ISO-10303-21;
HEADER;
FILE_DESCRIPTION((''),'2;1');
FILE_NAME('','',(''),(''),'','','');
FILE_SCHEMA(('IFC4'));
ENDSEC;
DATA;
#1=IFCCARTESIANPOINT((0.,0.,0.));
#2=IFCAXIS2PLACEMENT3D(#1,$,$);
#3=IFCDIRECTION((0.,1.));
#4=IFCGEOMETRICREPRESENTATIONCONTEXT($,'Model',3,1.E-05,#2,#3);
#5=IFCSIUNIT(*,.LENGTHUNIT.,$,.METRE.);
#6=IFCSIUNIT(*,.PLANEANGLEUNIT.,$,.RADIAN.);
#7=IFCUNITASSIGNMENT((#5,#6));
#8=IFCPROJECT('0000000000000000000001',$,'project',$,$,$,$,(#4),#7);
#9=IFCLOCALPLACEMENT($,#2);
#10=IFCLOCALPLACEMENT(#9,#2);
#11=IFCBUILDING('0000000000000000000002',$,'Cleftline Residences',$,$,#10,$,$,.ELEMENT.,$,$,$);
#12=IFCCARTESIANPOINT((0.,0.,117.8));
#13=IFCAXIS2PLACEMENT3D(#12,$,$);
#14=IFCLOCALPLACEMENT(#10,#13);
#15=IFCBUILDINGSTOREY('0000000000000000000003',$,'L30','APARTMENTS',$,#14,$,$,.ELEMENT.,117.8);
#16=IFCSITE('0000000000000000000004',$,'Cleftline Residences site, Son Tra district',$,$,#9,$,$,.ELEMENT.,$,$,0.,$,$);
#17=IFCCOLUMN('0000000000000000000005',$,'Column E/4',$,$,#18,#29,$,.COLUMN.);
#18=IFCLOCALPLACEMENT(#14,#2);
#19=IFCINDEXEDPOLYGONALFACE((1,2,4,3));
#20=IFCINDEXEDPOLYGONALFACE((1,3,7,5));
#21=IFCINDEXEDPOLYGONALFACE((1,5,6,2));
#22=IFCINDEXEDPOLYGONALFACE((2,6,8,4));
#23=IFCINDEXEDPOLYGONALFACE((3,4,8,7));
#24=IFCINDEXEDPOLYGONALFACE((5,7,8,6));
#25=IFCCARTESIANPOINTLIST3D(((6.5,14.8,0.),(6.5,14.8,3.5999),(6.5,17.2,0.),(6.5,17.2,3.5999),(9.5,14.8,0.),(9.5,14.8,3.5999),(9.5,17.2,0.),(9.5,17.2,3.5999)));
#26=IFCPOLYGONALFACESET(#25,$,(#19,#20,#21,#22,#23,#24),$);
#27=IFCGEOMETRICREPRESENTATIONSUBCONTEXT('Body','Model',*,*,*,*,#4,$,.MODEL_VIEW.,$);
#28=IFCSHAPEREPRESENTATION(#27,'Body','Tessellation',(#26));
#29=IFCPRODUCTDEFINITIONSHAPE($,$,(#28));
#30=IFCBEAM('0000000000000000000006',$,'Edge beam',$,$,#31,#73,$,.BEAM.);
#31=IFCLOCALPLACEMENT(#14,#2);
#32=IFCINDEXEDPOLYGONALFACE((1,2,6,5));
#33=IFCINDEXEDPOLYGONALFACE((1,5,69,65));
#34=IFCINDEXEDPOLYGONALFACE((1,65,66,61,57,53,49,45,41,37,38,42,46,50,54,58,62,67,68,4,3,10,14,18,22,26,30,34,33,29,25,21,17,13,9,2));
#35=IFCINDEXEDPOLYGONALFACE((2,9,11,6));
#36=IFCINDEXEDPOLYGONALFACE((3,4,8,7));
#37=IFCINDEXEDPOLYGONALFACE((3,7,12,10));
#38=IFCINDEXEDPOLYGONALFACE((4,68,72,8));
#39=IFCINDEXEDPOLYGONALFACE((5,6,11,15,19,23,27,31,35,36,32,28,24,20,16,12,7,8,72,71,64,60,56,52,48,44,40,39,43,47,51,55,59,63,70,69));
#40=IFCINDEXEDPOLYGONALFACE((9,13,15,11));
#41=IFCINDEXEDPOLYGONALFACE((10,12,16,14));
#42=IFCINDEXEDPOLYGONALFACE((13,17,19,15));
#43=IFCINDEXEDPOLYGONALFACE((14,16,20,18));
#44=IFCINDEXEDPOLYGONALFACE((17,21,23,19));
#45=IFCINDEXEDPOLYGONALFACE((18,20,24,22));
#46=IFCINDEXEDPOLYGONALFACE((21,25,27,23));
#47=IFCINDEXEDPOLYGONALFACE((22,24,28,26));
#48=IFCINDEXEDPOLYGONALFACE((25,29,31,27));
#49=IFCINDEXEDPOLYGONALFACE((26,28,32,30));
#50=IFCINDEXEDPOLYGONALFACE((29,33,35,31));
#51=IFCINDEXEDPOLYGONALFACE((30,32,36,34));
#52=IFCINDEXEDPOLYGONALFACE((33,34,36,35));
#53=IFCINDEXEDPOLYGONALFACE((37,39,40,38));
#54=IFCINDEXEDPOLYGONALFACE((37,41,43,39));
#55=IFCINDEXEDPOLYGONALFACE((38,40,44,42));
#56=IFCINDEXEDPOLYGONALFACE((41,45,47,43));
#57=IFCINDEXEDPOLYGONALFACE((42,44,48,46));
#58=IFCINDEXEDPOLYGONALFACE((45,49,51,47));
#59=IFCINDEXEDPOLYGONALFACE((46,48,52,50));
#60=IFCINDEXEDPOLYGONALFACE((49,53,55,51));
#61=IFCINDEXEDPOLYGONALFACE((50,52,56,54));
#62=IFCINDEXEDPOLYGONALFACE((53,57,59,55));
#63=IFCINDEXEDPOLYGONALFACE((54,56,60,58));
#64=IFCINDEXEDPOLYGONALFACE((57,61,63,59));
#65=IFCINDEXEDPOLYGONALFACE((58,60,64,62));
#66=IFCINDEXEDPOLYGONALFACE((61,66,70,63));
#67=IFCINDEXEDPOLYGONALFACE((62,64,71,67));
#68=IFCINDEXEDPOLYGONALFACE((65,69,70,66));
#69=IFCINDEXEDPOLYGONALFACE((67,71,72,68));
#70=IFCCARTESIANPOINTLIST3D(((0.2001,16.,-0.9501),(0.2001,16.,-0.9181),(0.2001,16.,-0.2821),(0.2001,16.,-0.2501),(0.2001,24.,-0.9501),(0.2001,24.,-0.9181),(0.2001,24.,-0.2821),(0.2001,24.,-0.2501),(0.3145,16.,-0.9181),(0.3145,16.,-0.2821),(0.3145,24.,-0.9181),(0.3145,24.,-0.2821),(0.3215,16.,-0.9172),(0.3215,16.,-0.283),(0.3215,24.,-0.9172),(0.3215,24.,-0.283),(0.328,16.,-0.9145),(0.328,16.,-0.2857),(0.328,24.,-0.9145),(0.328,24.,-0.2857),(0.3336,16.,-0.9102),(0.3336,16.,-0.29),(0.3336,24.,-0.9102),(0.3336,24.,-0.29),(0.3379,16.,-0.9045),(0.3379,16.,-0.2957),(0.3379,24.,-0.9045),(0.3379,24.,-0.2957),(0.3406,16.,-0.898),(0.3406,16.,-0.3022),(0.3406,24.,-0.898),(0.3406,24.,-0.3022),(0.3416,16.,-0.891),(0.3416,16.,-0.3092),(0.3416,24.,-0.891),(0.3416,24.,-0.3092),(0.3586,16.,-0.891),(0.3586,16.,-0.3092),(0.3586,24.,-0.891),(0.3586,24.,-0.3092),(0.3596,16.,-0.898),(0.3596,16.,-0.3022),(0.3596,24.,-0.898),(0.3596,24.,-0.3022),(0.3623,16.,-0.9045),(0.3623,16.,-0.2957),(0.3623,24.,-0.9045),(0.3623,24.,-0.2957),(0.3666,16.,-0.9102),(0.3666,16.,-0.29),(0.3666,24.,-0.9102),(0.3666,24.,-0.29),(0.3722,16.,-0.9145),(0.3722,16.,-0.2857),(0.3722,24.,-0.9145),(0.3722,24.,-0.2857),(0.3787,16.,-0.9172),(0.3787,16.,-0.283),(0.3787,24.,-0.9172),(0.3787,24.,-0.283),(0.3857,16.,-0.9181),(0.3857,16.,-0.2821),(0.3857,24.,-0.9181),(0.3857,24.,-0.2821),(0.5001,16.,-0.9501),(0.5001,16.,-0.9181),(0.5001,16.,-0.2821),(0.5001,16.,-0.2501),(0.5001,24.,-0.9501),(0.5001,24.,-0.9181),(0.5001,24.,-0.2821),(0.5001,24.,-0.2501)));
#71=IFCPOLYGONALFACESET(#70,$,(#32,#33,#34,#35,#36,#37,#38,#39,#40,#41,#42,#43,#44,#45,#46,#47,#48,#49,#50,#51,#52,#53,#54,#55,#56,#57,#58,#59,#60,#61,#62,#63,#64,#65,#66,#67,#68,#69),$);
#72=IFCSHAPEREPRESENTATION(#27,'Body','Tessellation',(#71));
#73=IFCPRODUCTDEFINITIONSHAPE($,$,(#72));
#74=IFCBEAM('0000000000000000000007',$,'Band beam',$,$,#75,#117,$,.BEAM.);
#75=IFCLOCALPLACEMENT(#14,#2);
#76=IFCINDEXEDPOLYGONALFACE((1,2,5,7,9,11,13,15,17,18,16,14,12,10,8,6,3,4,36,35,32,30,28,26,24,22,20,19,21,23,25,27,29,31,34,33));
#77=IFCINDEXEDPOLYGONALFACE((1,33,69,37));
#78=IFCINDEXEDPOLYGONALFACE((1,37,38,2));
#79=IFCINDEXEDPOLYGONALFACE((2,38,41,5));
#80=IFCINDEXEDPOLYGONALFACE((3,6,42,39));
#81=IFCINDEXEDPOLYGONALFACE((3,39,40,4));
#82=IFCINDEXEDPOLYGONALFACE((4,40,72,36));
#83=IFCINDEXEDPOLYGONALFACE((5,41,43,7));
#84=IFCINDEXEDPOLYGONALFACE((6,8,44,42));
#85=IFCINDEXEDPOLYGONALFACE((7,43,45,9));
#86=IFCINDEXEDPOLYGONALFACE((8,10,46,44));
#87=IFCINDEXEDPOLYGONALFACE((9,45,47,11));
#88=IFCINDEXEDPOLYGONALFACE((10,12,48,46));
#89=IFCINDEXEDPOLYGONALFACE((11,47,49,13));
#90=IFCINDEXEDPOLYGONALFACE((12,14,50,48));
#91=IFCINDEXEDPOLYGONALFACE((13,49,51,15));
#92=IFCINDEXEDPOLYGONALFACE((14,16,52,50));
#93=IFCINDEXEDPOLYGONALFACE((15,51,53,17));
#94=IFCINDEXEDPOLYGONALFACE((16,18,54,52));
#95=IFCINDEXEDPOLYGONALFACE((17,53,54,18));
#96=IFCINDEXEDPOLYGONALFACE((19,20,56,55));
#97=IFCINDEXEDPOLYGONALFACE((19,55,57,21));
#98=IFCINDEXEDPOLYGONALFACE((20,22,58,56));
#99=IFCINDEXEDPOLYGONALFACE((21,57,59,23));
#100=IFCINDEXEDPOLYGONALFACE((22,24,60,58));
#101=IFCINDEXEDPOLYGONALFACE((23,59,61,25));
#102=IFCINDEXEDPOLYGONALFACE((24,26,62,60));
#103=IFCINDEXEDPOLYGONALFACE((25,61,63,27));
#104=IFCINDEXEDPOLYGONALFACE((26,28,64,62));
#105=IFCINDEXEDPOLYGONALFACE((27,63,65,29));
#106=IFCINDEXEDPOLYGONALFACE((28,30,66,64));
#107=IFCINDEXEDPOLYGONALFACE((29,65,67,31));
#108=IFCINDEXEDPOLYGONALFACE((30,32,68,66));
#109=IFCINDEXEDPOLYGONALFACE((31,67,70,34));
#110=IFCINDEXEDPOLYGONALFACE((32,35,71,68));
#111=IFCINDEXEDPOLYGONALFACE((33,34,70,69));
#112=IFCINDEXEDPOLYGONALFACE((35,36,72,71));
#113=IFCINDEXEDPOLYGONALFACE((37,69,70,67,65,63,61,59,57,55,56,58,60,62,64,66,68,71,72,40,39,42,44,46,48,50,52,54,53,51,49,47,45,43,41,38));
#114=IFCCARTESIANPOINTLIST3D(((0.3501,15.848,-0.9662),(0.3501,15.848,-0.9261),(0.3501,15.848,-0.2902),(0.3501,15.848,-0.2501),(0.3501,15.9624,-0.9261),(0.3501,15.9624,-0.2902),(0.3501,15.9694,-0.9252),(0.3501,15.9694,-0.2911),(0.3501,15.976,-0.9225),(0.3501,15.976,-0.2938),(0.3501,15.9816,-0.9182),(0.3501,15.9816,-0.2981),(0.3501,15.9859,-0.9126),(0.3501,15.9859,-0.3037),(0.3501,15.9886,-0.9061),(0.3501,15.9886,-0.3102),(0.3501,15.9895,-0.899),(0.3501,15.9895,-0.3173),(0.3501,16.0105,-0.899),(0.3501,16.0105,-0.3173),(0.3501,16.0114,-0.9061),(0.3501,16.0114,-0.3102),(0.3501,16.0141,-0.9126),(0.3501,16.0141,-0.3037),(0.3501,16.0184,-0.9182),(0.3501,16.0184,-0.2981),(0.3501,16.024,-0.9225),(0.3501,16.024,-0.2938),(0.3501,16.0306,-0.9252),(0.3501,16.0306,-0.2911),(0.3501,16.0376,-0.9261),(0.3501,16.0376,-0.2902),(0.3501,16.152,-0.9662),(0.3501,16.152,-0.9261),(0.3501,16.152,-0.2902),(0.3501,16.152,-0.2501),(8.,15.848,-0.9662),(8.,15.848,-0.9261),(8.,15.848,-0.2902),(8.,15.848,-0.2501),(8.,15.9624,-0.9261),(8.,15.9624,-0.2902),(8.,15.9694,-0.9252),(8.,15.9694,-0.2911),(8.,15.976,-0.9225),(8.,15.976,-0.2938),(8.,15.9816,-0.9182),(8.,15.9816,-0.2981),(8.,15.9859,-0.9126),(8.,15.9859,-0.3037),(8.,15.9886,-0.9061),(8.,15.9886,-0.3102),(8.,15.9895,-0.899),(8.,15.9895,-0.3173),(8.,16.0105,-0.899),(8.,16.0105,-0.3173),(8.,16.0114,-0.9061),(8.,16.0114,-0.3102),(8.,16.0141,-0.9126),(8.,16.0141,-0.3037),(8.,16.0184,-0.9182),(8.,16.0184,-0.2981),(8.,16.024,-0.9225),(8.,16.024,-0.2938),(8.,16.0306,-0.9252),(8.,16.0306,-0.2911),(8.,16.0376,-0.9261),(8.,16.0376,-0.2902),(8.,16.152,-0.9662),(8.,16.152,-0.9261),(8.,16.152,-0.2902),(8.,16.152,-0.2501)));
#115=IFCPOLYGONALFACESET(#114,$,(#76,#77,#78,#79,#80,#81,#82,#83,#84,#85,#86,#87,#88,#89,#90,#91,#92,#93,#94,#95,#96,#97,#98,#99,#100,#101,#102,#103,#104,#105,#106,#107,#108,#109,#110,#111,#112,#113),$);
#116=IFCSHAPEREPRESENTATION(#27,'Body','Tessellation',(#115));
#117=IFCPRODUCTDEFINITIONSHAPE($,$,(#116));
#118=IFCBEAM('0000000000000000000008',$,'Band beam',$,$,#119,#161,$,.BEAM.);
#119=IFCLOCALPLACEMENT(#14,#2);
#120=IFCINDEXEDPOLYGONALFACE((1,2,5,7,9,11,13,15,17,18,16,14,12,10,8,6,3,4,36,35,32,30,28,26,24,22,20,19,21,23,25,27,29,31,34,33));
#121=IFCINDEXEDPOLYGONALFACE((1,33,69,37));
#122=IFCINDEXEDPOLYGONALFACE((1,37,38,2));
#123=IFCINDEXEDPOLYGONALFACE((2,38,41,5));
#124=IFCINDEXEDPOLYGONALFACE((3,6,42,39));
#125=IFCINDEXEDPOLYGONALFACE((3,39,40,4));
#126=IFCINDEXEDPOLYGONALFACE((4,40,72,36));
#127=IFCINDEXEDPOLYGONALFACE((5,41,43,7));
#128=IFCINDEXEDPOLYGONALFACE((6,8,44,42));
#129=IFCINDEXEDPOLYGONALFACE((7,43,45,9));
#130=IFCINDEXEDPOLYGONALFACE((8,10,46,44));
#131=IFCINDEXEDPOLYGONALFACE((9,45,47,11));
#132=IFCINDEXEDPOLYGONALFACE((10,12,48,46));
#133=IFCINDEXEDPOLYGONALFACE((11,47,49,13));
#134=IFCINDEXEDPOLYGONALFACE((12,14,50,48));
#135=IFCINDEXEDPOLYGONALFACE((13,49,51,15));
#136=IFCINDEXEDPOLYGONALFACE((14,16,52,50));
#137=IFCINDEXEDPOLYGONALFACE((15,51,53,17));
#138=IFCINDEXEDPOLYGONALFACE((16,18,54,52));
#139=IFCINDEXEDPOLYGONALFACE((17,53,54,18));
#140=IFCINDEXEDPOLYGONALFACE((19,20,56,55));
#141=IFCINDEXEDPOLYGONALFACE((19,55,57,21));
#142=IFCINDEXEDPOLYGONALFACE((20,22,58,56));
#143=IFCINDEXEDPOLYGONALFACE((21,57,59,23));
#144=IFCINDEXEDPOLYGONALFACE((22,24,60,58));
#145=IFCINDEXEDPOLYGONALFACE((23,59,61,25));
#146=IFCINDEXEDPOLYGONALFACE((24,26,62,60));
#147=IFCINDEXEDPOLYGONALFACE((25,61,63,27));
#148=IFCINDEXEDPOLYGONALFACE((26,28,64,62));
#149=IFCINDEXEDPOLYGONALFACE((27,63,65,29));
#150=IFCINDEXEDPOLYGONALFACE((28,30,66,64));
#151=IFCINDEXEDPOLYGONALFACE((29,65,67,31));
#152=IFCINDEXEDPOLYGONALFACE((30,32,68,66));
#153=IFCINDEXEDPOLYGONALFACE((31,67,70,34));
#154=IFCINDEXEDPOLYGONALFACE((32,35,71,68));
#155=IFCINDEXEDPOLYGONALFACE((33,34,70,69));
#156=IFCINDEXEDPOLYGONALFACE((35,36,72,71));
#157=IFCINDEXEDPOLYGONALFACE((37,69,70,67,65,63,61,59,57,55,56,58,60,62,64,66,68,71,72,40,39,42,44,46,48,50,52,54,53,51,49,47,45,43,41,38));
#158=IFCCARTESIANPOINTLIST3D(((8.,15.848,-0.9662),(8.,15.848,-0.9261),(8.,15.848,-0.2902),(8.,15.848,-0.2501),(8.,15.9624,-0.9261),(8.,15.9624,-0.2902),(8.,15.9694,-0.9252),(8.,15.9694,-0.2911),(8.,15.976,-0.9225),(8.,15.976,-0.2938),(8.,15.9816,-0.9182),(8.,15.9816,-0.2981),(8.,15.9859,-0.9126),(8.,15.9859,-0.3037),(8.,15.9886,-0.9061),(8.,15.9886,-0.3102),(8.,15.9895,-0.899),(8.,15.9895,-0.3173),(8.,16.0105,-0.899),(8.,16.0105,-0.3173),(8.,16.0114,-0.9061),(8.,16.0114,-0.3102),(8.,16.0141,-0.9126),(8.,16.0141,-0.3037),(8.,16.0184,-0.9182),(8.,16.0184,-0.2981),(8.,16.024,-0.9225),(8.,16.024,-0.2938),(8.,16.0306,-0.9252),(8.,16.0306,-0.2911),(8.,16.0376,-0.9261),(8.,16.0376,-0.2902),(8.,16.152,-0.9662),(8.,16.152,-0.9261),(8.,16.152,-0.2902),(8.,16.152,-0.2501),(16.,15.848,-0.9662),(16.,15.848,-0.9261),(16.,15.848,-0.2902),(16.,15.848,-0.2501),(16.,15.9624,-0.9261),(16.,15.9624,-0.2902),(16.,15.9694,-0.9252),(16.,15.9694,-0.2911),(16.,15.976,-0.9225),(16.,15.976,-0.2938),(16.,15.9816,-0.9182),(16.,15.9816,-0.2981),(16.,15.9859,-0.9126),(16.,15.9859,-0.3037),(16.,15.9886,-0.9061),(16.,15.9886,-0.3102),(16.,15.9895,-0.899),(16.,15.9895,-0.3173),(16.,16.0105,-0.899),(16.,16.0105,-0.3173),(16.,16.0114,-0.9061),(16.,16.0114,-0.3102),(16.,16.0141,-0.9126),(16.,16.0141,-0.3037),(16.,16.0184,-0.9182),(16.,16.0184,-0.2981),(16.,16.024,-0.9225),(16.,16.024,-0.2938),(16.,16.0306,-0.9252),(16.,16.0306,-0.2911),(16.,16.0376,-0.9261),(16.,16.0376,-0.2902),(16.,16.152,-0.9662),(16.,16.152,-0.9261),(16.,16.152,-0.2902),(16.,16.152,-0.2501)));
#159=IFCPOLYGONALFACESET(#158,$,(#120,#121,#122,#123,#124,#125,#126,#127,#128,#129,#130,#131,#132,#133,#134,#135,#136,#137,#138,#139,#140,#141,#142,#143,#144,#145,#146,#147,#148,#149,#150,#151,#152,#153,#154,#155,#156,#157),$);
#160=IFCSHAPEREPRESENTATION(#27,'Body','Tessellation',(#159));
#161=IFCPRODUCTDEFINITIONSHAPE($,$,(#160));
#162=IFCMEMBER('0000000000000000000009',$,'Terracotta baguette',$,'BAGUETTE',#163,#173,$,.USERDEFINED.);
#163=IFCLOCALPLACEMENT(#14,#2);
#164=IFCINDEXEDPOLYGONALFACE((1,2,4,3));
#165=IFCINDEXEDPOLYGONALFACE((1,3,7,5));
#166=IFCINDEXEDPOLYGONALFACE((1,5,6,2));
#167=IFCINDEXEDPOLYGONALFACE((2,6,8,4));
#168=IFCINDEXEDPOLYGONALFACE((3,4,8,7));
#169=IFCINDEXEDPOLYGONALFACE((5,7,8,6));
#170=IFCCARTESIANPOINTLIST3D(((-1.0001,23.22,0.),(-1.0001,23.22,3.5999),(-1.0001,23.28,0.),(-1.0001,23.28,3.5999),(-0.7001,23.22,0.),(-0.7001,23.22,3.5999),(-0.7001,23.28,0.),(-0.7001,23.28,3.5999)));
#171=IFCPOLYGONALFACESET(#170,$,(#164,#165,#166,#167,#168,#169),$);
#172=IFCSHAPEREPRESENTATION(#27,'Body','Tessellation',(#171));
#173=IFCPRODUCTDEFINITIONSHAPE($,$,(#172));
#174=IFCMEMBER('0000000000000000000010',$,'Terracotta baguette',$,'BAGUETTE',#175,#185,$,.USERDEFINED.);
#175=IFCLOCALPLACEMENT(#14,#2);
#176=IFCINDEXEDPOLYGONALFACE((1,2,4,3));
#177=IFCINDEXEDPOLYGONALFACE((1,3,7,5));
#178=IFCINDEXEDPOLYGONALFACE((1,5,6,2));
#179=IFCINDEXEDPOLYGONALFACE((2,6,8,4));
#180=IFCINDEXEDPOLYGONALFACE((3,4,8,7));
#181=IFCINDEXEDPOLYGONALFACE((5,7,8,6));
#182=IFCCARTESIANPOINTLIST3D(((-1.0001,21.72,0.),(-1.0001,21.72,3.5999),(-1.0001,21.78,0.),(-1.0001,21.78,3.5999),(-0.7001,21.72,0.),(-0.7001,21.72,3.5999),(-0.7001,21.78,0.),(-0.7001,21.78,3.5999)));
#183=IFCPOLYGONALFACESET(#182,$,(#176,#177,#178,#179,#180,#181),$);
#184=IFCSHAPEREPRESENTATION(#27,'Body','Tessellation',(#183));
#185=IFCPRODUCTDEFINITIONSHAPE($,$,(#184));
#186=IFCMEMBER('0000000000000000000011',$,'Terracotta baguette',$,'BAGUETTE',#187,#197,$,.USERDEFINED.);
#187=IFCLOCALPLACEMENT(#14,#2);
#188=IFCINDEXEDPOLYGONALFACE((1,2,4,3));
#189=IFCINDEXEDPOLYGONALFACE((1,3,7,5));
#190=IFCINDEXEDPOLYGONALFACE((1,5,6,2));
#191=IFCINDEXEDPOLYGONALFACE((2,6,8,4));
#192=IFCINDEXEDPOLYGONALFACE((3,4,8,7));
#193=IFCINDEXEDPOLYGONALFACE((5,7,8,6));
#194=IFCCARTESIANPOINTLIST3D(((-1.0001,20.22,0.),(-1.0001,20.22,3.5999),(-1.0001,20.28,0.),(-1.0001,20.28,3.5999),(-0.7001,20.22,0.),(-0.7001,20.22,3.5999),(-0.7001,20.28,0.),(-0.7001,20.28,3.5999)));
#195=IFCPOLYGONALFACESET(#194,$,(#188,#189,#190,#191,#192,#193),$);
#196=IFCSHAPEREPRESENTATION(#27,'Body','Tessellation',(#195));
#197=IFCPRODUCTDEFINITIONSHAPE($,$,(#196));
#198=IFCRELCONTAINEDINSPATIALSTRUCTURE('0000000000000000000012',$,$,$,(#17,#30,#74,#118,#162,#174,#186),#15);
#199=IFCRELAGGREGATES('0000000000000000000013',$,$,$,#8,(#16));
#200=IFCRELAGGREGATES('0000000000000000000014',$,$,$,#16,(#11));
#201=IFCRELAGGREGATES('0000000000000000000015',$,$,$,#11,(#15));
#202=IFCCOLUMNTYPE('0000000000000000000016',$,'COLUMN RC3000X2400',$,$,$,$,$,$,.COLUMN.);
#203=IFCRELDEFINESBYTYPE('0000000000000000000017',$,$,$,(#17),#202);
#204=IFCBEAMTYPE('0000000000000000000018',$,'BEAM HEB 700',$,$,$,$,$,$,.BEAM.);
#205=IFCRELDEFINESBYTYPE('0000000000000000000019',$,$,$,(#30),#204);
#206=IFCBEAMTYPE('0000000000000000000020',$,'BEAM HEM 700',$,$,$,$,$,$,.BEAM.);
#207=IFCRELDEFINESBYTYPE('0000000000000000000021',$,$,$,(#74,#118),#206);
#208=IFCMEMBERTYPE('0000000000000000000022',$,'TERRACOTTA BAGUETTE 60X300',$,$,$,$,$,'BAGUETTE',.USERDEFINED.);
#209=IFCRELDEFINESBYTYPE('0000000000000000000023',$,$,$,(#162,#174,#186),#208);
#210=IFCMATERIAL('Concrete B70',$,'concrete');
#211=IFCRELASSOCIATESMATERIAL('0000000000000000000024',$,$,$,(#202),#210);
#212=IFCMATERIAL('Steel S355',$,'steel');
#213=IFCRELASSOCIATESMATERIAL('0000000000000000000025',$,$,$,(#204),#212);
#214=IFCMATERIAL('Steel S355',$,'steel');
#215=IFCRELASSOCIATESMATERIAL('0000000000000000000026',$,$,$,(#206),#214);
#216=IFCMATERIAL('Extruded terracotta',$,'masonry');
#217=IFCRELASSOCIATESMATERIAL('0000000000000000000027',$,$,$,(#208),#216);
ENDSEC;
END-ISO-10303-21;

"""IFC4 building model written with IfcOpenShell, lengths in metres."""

from ifc_helpers import new_model, si_unit, direction, frame, origin, origin_2d, place, context, subcontext, project, spatial, rectangle, i_section, extrude, material, material_profile, profile_set, type_object, element, save


model = new_model("IFC4")

# Units and contexts
model_context = context("Model", 3, precision=1e-05, world=origin(), true_north=direction((0.0, 1.0)))
body_context = subcontext(model_context, "Body", "Model", "MODEL_VIEW")
ifc_project = project(units=[si_unit("LENGTHUNIT", "METRE"), si_unit("PLANEANGLEUNIT", "RADIAN")], contexts=[model_context])

# Site, building, storey
site_placement = place(None, origin())
site = spatial("IfcSite", under=ifc_project, at=site_placement, Name="Cleftline Residences site, Son Tra district", CompositionType="ELEMENT", RefElevation=0.0)
building_placement = place(site_placement, origin())
building = spatial("IfcBuilding", under=site, at=building_placement, Name="Cleftline Residences", CompositionType="ELEMENT")
storey_placement = place(building_placement, frame((0.0, 0.0, 117.8)))
storey = spatial("IfcBuildingStorey", under=building, at=storey_placement, Name="L30", Description="APARTMENTS", CompositionType="ELEMENT", Elevation=117.8)

# Column
ifc_material_1 = material(Name="Concrete B70", Category="concrete")
ifc_material_profile_1 = material_profile(ifc_material_1, rectangle(XDim=3.0, YDim=2.3999, at=origin_2d()))
ifc_profile_set_1 = profile_set([ifc_material_profile_1], Name="Concrete B70")
column_type = type_object("IfcColumnType", Name="COLUMN RC3000X2400", PredefinedType="COLUMN", material=ifc_profile_set_1)
column_placement = place(storey_placement, frame((8.0, 16.0, 0.0), z_axis=(0.0, 0.0, 1.0), x_axis=(1.0, 0.0, 0.0)))
element("IfcColumn", 1, at=column_placement, inside=storey, type_object=column_type, Name="Column E/4", PredefinedType="COLUMN", context=body_context, shape_type="SweptSolid", body=[
    extrude(rectangle(XDim=3.0, YDim=2.3999, at=origin_2d()), origin(), (0.0, 0.0, 1.0), 3.5999),
])

# Beams
ifc_material_2 = material(Name="Steel S355", Category="steel")
ifc_material_profile_2 = material_profile(ifc_material_2, i_section(OverallWidth=0.3, OverallDepth=0.7, WebThickness=0.0171, FlangeThickness=0.032, FilletRadius=0.0271, at=origin_2d()))
ifc_profile_set_2 = profile_set([ifc_material_profile_2], Name="Steel S355")
beam_type_1 = type_object("IfcBeamType", Name="BEAM HEB 700", PredefinedType="BEAM", material=ifc_profile_set_2)
beam_1_placement = place(storey_placement, frame((0.3501, 16.0, -0.6001), z_axis=(0.0, 1.0, 0.0), x_axis=(-1.0, 0.0, 0.0)))
element("IfcBeam", 2, at=beam_1_placement, inside=storey, type_object=beam_type_1, Name="Edge beam", PredefinedType="BEAM", context=body_context, shape_type="SweptSolid", body=[
    extrude(i_section(OverallWidth=0.3, OverallDepth=0.7, WebThickness=0.0171, FlangeThickness=0.032, FilletRadius=0.0271, at=origin_2d()), origin(), (0.0, 0.0, 1.0), 8.0),
])
ifc_material_3 = material(Name="Steel S355", Category="steel")
ifc_material_profile_3 = material_profile(ifc_material_3, i_section(OverallWidth=0.304, OverallDepth=0.7161, WebThickness=0.021, FlangeThickness=0.04, FilletRadius=0.0271, at=origin_2d()))
ifc_profile_set_3 = profile_set([ifc_material_profile_3], Name="Steel S355")
beam_type_2 = type_object("IfcBeamType", Name="BEAM HEM 700", PredefinedType="BEAM", material=ifc_profile_set_3)
beam_2_placement = place(storey_placement, frame((0.3501, 16.0, -0.6082), z_axis=(1.0, 0.0, 0.0), x_axis=(0.0, 1.0, 0.0)))
element("IfcBeam", 3, at=beam_2_placement, inside=storey, type_object=beam_type_2, Name="Band beam", PredefinedType="BEAM", context=body_context, shape_type="SweptSolid", body=[
    extrude(i_section(OverallWidth=0.304, OverallDepth=0.7161, WebThickness=0.021, FlangeThickness=0.04, FilletRadius=0.0271, at=origin_2d()), origin(), (0.0, 0.0, 1.0), 7.6499),
])
beam_3_placement = place(storey_placement, frame((8.0, 16.0, -0.6082), z_axis=(1.0, 0.0, 0.0), x_axis=(0.0, 1.0, 0.0)))
element("IfcBeam", 4, at=beam_3_placement, inside=storey, type_object=beam_type_2, Name="Band beam", PredefinedType="BEAM", context=body_context, shape_type="SweptSolid", body=[
    extrude(i_section(OverallWidth=0.304, OverallDepth=0.7161, WebThickness=0.021, FlangeThickness=0.04, FilletRadius=0.0271, at=origin_2d()), origin(), (0.0, 0.0, 1.0), 8.0),
])

# Members
ifc_material_4 = material(Name="Extruded terracotta", Category="masonry")
ifc_material_profile_4 = material_profile(ifc_material_4, rectangle(XDim=0.0601, YDim=0.3, at=origin_2d()))
ifc_profile_set_4 = profile_set([ifc_material_profile_4], Name="Extruded terracotta")
member_type = type_object("IfcMemberType", Name="TERRACOTTA BAGUETTE 60X300", ElementType="BAGUETTE", PredefinedType="USERDEFINED", material=ifc_profile_set_4)
for number, where, z_axis, x_axis, name in (
    (5, (-0.8501, 23.25, 0.0), (0.0, 0.0, 1.0), (0.0, 1.0, 0.0), "Terracotta baguette"),
    (6, (-0.8501, 21.75, 0.0), (0.0, 0.0, 1.0), (0.0, 1.0, 0.0), "Terracotta baguette"),
    (7, (-0.8501, 20.25, 0.0), (0.0, 0.0, 1.0), (0.0, 1.0, 0.0), "Terracotta baguette"),
):
    element("IfcMember", number, at=place(storey_placement, frame(where, z_axis=z_axis, x_axis=x_axis)), inside=storey, type_object=member_type, Name=name, ObjectType="BAGUETTE", PredefinedType="USERDEFINED", context=body_context, shape_type="SweptSolid", body=[
        extrude(rectangle(XDim=0.0601, YDim=0.3, at=origin_2d()), origin(), (0.0, 0.0, 1.0), 3.5999),
    ])

save(model, "model.ifc")
